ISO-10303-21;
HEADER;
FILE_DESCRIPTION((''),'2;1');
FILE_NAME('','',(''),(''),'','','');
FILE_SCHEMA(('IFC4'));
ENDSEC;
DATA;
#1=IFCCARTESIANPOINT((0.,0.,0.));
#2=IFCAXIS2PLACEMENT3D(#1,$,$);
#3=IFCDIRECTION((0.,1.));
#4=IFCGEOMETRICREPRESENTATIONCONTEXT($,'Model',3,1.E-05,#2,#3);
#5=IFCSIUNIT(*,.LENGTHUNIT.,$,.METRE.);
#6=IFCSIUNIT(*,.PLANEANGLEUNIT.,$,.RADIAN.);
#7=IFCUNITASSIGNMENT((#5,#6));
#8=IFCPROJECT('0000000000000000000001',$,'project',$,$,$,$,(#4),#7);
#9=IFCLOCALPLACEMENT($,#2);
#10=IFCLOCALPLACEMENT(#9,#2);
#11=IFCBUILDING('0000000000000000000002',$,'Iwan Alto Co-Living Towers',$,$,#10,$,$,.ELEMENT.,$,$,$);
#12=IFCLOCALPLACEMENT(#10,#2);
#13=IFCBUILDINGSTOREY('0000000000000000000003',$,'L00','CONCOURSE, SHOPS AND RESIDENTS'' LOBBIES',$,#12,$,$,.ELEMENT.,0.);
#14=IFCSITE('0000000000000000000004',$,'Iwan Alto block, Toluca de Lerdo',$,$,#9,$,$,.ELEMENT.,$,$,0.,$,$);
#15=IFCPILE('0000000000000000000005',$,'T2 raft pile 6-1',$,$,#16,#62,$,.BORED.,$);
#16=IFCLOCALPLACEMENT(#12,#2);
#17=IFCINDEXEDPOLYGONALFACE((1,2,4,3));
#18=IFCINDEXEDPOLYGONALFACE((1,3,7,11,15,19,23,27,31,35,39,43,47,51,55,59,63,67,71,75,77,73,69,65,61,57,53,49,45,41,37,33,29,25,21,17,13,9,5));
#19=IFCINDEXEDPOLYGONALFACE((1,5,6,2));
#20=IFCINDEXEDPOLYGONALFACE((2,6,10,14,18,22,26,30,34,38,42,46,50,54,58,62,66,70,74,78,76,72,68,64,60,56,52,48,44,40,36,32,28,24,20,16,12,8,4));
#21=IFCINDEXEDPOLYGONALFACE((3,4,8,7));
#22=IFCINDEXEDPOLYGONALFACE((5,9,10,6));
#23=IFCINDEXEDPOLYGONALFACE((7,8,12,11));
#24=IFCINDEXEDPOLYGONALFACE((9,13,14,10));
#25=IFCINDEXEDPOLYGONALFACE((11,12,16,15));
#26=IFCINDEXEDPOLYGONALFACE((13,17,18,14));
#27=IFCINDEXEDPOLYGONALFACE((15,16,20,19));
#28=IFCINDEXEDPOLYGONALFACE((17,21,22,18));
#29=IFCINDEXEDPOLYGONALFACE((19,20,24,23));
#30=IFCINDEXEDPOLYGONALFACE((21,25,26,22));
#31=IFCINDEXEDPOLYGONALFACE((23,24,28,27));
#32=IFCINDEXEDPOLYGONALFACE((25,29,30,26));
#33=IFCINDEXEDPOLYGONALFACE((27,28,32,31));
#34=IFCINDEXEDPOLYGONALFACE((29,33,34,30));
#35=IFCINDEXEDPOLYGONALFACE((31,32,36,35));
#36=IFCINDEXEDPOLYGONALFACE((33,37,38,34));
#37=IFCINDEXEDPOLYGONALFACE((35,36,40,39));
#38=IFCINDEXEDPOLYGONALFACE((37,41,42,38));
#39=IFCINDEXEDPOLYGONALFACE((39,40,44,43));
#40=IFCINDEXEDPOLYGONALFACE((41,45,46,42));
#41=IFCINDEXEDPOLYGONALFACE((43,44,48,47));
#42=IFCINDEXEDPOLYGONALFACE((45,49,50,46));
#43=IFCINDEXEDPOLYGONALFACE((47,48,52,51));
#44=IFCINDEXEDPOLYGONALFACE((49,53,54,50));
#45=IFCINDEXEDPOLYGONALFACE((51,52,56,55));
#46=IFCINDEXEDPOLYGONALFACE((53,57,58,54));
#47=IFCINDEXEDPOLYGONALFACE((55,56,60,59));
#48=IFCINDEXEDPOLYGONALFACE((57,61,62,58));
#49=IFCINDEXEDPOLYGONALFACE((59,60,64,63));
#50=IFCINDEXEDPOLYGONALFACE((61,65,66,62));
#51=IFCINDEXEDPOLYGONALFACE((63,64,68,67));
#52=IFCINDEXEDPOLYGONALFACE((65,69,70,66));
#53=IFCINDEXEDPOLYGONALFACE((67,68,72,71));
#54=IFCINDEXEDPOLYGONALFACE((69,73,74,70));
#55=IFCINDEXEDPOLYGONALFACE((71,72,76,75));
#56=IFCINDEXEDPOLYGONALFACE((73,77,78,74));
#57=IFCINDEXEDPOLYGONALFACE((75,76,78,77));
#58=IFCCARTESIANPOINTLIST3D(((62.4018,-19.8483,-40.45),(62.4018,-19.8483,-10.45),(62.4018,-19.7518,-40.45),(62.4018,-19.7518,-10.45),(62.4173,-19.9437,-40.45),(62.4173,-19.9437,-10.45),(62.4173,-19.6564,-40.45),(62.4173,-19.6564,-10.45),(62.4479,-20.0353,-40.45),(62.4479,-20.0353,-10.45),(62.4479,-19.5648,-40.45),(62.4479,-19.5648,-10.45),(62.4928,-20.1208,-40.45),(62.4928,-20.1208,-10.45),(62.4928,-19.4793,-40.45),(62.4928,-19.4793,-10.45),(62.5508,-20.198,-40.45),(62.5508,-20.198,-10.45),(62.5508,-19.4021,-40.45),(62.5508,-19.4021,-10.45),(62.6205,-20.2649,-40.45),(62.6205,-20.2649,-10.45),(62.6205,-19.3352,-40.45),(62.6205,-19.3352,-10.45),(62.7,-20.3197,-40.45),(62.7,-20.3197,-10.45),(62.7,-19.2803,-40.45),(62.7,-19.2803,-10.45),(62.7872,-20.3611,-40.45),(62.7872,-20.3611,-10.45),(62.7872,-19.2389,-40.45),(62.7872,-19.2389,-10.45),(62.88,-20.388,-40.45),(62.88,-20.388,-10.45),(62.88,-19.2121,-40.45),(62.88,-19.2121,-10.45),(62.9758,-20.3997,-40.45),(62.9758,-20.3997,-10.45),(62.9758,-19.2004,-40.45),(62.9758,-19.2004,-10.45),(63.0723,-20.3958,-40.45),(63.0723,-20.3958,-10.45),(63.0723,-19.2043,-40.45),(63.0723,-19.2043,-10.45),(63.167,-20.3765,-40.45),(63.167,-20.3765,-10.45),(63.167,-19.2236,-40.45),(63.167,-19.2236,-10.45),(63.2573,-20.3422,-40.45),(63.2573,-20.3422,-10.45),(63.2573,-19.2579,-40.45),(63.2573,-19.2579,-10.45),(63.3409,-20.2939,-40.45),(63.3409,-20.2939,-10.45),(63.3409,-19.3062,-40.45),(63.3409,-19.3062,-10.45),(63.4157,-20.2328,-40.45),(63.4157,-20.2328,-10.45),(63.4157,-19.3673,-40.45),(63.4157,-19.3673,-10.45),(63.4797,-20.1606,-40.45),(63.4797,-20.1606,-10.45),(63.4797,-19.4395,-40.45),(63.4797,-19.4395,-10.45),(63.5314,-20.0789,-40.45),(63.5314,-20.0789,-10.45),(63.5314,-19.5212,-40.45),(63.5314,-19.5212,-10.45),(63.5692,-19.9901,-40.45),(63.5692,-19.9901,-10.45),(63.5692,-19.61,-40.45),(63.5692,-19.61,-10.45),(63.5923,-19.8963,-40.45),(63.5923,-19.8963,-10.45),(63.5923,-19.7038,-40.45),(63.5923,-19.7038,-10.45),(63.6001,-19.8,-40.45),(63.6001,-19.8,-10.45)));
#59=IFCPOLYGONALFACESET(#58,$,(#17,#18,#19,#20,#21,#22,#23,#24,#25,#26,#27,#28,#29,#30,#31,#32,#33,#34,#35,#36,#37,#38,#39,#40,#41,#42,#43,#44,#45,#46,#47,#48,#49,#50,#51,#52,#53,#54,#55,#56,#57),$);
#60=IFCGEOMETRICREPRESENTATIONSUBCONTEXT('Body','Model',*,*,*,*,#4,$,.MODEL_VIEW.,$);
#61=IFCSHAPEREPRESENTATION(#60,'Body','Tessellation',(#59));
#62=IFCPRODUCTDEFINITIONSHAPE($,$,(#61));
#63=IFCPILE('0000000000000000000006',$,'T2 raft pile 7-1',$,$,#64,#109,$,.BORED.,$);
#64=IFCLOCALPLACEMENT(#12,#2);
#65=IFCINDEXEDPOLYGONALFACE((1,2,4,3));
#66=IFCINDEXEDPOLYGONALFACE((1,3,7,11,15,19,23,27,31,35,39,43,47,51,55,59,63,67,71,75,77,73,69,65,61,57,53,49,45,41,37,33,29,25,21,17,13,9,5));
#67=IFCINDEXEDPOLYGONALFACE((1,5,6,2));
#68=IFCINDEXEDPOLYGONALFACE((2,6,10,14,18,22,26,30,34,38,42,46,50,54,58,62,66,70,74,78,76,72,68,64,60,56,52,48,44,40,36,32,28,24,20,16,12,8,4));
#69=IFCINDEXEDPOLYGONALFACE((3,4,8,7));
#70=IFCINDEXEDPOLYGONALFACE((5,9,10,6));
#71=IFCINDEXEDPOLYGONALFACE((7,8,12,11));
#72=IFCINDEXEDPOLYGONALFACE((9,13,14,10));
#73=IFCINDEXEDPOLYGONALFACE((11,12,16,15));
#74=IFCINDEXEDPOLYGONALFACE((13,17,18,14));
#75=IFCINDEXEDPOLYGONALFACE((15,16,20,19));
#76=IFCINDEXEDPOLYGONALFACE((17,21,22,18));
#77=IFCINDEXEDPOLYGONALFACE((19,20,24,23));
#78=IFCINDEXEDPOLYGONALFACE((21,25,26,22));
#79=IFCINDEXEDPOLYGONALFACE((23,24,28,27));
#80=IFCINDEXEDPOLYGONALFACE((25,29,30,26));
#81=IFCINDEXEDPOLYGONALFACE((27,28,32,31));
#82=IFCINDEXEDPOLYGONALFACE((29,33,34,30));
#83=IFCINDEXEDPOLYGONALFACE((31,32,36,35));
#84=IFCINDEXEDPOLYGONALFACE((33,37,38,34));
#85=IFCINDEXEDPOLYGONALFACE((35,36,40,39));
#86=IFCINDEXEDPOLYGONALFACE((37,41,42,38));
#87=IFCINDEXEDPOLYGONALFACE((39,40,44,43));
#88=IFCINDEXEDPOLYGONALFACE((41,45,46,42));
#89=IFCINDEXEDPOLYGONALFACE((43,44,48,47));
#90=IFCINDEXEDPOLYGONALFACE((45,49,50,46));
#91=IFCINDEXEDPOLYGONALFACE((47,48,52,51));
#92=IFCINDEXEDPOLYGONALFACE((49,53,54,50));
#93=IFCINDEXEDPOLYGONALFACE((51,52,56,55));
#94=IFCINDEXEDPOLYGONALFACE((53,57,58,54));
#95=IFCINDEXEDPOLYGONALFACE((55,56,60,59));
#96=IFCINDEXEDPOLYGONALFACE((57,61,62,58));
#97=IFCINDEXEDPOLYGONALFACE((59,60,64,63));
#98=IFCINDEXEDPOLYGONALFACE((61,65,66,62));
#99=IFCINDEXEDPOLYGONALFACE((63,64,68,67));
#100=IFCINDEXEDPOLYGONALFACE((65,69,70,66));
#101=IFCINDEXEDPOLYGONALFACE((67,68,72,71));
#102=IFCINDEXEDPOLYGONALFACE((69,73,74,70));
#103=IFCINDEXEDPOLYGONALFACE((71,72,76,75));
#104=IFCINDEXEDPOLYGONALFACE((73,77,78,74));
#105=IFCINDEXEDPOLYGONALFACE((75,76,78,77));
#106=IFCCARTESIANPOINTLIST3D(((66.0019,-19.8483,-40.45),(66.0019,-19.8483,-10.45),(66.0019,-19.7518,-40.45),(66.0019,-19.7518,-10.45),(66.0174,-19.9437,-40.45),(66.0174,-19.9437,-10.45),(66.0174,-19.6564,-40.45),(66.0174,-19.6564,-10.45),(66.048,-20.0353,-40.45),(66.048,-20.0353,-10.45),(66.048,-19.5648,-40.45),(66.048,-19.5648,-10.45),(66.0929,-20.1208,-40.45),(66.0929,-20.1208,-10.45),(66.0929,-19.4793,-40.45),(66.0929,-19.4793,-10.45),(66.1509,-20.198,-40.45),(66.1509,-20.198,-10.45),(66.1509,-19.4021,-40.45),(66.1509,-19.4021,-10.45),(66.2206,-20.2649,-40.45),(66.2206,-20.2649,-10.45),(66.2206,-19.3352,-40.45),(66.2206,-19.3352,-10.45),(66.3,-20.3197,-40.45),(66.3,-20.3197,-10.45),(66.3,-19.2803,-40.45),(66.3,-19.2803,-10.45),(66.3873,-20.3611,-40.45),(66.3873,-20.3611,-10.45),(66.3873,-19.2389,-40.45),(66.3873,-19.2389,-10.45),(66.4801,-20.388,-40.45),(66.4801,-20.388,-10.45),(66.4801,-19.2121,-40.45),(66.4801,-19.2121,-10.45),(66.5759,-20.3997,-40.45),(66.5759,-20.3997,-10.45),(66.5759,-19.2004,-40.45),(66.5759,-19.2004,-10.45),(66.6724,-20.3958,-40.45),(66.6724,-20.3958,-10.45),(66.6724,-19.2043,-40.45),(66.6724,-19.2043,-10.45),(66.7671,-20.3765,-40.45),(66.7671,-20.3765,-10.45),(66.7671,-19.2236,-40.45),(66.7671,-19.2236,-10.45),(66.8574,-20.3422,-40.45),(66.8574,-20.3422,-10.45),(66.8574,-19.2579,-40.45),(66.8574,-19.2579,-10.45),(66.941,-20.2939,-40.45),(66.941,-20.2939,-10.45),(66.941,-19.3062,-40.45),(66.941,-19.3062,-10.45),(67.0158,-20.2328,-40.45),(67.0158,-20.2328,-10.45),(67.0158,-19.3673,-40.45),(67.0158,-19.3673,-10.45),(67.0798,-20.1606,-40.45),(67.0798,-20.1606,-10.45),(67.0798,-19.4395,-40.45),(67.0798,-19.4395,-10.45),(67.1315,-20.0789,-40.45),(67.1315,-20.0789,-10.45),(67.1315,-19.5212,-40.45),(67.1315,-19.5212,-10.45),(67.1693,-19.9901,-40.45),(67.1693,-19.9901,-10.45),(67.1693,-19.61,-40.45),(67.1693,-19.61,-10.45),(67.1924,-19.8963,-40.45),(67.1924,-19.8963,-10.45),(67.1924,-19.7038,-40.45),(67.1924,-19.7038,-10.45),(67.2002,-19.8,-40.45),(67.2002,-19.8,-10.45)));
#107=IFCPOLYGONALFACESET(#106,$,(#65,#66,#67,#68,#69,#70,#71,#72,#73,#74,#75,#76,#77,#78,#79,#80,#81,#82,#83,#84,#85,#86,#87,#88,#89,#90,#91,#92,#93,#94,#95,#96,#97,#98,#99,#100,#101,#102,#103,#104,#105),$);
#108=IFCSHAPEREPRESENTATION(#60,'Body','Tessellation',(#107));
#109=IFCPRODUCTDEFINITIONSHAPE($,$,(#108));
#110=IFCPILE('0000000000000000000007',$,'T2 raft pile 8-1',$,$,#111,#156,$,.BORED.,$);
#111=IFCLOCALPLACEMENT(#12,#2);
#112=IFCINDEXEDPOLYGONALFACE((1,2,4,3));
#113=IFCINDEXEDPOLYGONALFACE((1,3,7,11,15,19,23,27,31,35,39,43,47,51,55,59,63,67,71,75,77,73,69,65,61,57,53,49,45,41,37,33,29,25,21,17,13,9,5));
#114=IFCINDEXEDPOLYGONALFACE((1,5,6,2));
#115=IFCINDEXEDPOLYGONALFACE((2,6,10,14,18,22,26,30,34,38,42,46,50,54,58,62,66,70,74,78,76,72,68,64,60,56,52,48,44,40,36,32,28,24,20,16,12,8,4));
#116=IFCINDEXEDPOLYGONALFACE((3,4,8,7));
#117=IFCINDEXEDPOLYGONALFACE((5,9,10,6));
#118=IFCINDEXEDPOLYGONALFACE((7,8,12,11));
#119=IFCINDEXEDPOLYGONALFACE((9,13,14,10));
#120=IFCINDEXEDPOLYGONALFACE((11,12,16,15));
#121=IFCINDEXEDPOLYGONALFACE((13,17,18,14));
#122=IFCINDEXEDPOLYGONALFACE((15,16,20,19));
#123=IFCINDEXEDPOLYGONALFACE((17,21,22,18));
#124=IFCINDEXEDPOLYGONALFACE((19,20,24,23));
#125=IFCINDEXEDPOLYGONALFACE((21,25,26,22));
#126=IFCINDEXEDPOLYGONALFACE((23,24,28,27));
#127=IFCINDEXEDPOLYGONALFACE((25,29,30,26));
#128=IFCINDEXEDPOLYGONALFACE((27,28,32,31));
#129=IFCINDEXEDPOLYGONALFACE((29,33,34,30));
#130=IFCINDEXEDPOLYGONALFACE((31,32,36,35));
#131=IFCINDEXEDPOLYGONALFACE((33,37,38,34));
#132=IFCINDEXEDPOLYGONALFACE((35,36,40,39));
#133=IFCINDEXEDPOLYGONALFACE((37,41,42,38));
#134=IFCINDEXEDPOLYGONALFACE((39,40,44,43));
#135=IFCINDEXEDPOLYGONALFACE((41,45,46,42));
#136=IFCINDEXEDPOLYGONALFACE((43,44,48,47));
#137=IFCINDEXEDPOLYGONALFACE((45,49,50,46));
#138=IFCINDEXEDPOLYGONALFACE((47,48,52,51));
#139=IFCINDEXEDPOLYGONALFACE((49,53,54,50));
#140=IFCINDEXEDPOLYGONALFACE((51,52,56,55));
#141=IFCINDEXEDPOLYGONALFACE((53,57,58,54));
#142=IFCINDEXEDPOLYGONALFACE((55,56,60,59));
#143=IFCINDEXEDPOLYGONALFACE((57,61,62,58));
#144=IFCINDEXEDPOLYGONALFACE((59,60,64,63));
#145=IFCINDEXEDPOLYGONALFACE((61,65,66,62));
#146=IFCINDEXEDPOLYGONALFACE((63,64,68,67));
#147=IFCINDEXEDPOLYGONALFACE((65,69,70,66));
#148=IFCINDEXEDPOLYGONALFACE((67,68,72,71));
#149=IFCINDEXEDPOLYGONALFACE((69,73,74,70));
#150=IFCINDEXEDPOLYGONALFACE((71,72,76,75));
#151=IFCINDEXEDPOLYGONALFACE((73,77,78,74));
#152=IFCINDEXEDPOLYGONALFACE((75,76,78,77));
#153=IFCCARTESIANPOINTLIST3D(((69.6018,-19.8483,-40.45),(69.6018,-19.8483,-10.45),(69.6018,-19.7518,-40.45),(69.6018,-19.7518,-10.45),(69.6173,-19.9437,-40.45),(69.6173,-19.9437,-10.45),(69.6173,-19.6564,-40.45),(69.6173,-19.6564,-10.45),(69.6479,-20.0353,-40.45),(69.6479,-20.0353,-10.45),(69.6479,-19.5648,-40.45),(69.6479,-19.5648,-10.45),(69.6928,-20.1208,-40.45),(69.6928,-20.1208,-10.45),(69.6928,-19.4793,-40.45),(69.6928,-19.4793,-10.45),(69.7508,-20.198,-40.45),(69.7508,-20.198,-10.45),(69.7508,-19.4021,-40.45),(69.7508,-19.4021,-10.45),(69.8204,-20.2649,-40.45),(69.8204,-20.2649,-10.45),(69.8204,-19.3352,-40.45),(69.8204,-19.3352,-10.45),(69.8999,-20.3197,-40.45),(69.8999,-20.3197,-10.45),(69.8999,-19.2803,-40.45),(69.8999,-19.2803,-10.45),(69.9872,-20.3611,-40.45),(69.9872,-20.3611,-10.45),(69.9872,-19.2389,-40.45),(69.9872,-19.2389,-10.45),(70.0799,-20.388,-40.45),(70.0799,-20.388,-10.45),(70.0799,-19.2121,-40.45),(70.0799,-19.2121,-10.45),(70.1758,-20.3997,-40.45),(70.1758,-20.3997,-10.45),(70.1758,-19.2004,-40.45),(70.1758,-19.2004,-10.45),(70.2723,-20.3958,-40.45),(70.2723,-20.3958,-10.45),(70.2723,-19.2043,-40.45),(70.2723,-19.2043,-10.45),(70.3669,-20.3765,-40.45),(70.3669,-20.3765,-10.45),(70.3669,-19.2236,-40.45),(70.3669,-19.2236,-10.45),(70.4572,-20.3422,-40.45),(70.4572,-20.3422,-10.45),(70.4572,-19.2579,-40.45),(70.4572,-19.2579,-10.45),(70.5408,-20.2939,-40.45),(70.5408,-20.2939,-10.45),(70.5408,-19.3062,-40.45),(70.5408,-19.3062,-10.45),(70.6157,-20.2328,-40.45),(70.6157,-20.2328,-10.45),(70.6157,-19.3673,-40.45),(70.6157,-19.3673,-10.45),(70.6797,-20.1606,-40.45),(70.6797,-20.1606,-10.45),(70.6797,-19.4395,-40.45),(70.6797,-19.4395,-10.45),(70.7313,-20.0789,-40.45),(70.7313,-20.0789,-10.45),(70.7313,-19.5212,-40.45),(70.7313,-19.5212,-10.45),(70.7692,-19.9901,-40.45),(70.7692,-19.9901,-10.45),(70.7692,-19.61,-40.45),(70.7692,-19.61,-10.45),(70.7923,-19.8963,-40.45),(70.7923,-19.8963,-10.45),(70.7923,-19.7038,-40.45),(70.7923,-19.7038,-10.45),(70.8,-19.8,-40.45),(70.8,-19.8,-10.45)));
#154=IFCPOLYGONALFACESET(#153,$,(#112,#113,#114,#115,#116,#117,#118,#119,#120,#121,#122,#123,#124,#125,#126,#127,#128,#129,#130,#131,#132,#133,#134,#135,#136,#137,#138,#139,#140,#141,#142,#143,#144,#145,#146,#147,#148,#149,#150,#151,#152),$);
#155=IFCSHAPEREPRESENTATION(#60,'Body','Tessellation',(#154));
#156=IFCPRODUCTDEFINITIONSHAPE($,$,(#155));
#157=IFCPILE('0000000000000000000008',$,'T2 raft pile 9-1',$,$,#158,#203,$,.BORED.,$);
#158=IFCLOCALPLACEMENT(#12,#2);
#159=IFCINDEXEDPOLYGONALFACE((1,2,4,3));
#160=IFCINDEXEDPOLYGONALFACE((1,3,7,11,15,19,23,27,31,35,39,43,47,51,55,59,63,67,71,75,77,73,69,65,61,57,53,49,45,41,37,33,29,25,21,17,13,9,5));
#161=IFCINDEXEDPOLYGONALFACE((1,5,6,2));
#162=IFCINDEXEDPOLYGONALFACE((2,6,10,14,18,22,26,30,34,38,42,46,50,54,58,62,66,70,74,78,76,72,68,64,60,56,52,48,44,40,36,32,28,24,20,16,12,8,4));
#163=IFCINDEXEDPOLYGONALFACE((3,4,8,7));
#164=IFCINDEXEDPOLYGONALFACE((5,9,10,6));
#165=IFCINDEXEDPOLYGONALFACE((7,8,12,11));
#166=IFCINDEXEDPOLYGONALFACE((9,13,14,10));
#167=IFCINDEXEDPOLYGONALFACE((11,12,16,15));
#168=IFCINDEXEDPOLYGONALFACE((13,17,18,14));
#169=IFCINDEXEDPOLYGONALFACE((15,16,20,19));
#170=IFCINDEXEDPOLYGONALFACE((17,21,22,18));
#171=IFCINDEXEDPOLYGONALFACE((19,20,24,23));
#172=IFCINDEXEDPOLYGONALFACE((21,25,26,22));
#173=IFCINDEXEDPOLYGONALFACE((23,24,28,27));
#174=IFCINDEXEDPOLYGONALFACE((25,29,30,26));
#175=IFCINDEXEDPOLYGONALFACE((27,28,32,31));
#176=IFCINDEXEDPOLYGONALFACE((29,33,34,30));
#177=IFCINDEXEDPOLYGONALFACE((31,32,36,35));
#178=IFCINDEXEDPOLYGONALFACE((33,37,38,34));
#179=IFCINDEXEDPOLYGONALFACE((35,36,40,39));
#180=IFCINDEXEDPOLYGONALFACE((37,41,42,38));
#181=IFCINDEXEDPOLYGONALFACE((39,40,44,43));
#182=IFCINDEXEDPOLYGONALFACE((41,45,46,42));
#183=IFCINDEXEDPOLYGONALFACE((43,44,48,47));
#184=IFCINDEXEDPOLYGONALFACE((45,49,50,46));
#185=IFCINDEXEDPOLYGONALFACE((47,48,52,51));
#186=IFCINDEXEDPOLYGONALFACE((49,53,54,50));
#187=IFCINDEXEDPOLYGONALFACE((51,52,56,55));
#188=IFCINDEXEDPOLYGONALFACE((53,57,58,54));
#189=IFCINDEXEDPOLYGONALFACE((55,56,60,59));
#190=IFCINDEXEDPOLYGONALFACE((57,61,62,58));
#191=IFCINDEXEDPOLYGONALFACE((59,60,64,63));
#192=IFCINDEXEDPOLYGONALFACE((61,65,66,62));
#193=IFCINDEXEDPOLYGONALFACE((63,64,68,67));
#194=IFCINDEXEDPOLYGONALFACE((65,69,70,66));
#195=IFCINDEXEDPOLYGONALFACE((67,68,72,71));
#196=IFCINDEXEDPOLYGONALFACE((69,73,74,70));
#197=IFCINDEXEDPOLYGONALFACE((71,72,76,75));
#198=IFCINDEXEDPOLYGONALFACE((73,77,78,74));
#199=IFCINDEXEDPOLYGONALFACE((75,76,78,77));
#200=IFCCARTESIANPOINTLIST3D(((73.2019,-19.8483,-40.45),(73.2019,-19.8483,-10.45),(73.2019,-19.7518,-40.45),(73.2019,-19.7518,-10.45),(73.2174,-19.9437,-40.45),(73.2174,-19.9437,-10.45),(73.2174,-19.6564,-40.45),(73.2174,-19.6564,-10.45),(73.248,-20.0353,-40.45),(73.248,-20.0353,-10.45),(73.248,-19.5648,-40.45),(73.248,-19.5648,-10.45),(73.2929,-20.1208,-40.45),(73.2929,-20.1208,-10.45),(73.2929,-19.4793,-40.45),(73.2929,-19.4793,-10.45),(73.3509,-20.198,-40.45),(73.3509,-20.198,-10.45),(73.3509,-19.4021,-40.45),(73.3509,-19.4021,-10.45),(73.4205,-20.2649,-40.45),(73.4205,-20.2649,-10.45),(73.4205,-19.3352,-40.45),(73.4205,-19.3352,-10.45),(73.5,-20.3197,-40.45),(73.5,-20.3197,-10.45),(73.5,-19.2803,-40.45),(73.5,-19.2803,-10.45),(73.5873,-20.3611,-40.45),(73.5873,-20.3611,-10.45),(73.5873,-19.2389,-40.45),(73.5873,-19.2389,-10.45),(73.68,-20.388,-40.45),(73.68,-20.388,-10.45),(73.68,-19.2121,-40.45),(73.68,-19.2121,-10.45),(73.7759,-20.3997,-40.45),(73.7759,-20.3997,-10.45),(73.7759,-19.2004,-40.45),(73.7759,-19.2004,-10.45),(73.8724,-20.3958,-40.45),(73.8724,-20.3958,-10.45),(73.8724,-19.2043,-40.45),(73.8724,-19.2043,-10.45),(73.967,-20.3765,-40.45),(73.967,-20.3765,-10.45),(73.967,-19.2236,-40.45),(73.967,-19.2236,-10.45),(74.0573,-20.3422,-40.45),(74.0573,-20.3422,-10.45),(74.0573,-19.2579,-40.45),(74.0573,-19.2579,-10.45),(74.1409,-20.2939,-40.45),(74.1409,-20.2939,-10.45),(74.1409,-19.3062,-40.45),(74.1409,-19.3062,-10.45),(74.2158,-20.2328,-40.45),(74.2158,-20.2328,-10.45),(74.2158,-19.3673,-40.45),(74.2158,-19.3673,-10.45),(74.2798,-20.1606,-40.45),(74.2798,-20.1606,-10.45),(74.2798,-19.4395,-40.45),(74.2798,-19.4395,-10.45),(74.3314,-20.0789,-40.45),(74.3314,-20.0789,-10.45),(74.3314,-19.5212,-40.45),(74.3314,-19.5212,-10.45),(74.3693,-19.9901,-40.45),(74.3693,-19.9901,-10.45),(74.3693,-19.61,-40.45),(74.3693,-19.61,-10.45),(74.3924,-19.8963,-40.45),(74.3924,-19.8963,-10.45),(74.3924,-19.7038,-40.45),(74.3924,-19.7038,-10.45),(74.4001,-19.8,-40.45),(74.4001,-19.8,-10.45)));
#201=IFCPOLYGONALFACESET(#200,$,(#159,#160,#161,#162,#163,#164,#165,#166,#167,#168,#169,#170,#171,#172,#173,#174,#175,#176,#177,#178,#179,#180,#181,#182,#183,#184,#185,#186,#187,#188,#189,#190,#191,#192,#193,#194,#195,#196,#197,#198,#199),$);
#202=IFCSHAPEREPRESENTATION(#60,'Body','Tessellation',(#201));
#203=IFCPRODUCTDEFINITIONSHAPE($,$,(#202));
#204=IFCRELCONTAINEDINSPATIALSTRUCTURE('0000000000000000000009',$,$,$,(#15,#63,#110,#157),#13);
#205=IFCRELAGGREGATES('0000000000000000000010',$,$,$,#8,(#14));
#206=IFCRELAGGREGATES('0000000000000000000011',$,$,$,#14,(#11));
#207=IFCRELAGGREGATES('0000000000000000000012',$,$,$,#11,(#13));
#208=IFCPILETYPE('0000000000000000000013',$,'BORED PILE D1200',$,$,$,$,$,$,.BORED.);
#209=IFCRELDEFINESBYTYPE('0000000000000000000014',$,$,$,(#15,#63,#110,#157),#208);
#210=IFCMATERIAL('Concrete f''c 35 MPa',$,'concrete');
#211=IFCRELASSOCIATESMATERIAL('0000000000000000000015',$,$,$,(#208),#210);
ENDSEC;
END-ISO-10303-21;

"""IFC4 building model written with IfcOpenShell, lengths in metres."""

from ifc_helpers import new_model, si_unit, direction, frame, origin, origin_2d, place, context, subcontext, project, spatial, circle, extrude, material, material_profile, profile_set, type_object, element, save


model = new_model("IFC4")

# Units and contexts
model_context = context("Model", 3, precision=1e-05, world=origin(), true_north=direction((0.0, 1.0)))
body_context = subcontext(model_context, "Body", "Model", "MODEL_VIEW")
ifc_project = project(units=[si_unit("LENGTHUNIT", "METRE"), si_unit("PLANEANGLEUNIT", "RADIAN")], contexts=[model_context])

# Site, building, storey
site_placement = place(None, origin())
site = spatial("IfcSite", under=ifc_project, at=site_placement, Name="Iwan Alto block, Toluca de Lerdo", CompositionType="ELEMENT", RefElevation=0.0)
building_placement = place(site_placement, origin())
building = spatial("IfcBuilding", under=site, at=building_placement, Name="Iwan Alto Co-Living Towers", CompositionType="ELEMENT")
storey_placement = place(building_placement, origin())
storey = spatial("IfcBuildingStorey", under=building, at=storey_placement, Name="L00", Description="CONCOURSE, SHOPS AND RESIDENTS' LOBBIES", CompositionType="ELEMENT", Elevation=0.0)

# Piles
ifc_material_1 = material(Name="Concrete f'c 35 MPa", Category="concrete")
ifc_material_profile_1 = material_profile(ifc_material_1, circle(Radius=0.6001, at=origin_2d()), Name="D1200")
ifc_profile_set_1 = profile_set([ifc_material_profile_1], Name="Concrete f'c 35 MPa")
pile_type_1 = type_object("IfcPileType", Name="BORED PILE D1200", PredefinedType="BORED", material=ifc_profile_set_1)
for number, where, z_axis, x_axis, name in (
    (1, (63.0, -19.8, -10.45), (0.0, 0.0, -1.0), (1.0, 0.0, 0.0), "T2 raft pile 6-1"),
    (2, (66.6001, -19.8, -10.45), (0.0, 0.0, -1.0), (1.0, 0.0, 0.0), "T2 raft pile 7-1"),
    (3, (70.2, -19.8, -10.45), (0.0, 0.0, -1.0), (1.0, 0.0, 0.0), "T2 raft pile 8-1"),
    (4, (73.8, -19.8, -10.45), (0.0, 0.0, -1.0), (1.0, 0.0, 0.0), "T2 raft pile 9-1"),
):
    element("IfcPile", number, at=place(storey_placement, frame(where, z_axis=z_axis, x_axis=x_axis)), inside=storey, type_object=pile_type_1, Name=name, PredefinedType="BORED", context=body_context, shape_type="SweptSolid", body=[
        extrude(circle(Radius=0.6001, at=origin_2d()), origin(), (0.0, 0.0, 1.0), 30.0),
    ])

save(model, "model.ifc")
